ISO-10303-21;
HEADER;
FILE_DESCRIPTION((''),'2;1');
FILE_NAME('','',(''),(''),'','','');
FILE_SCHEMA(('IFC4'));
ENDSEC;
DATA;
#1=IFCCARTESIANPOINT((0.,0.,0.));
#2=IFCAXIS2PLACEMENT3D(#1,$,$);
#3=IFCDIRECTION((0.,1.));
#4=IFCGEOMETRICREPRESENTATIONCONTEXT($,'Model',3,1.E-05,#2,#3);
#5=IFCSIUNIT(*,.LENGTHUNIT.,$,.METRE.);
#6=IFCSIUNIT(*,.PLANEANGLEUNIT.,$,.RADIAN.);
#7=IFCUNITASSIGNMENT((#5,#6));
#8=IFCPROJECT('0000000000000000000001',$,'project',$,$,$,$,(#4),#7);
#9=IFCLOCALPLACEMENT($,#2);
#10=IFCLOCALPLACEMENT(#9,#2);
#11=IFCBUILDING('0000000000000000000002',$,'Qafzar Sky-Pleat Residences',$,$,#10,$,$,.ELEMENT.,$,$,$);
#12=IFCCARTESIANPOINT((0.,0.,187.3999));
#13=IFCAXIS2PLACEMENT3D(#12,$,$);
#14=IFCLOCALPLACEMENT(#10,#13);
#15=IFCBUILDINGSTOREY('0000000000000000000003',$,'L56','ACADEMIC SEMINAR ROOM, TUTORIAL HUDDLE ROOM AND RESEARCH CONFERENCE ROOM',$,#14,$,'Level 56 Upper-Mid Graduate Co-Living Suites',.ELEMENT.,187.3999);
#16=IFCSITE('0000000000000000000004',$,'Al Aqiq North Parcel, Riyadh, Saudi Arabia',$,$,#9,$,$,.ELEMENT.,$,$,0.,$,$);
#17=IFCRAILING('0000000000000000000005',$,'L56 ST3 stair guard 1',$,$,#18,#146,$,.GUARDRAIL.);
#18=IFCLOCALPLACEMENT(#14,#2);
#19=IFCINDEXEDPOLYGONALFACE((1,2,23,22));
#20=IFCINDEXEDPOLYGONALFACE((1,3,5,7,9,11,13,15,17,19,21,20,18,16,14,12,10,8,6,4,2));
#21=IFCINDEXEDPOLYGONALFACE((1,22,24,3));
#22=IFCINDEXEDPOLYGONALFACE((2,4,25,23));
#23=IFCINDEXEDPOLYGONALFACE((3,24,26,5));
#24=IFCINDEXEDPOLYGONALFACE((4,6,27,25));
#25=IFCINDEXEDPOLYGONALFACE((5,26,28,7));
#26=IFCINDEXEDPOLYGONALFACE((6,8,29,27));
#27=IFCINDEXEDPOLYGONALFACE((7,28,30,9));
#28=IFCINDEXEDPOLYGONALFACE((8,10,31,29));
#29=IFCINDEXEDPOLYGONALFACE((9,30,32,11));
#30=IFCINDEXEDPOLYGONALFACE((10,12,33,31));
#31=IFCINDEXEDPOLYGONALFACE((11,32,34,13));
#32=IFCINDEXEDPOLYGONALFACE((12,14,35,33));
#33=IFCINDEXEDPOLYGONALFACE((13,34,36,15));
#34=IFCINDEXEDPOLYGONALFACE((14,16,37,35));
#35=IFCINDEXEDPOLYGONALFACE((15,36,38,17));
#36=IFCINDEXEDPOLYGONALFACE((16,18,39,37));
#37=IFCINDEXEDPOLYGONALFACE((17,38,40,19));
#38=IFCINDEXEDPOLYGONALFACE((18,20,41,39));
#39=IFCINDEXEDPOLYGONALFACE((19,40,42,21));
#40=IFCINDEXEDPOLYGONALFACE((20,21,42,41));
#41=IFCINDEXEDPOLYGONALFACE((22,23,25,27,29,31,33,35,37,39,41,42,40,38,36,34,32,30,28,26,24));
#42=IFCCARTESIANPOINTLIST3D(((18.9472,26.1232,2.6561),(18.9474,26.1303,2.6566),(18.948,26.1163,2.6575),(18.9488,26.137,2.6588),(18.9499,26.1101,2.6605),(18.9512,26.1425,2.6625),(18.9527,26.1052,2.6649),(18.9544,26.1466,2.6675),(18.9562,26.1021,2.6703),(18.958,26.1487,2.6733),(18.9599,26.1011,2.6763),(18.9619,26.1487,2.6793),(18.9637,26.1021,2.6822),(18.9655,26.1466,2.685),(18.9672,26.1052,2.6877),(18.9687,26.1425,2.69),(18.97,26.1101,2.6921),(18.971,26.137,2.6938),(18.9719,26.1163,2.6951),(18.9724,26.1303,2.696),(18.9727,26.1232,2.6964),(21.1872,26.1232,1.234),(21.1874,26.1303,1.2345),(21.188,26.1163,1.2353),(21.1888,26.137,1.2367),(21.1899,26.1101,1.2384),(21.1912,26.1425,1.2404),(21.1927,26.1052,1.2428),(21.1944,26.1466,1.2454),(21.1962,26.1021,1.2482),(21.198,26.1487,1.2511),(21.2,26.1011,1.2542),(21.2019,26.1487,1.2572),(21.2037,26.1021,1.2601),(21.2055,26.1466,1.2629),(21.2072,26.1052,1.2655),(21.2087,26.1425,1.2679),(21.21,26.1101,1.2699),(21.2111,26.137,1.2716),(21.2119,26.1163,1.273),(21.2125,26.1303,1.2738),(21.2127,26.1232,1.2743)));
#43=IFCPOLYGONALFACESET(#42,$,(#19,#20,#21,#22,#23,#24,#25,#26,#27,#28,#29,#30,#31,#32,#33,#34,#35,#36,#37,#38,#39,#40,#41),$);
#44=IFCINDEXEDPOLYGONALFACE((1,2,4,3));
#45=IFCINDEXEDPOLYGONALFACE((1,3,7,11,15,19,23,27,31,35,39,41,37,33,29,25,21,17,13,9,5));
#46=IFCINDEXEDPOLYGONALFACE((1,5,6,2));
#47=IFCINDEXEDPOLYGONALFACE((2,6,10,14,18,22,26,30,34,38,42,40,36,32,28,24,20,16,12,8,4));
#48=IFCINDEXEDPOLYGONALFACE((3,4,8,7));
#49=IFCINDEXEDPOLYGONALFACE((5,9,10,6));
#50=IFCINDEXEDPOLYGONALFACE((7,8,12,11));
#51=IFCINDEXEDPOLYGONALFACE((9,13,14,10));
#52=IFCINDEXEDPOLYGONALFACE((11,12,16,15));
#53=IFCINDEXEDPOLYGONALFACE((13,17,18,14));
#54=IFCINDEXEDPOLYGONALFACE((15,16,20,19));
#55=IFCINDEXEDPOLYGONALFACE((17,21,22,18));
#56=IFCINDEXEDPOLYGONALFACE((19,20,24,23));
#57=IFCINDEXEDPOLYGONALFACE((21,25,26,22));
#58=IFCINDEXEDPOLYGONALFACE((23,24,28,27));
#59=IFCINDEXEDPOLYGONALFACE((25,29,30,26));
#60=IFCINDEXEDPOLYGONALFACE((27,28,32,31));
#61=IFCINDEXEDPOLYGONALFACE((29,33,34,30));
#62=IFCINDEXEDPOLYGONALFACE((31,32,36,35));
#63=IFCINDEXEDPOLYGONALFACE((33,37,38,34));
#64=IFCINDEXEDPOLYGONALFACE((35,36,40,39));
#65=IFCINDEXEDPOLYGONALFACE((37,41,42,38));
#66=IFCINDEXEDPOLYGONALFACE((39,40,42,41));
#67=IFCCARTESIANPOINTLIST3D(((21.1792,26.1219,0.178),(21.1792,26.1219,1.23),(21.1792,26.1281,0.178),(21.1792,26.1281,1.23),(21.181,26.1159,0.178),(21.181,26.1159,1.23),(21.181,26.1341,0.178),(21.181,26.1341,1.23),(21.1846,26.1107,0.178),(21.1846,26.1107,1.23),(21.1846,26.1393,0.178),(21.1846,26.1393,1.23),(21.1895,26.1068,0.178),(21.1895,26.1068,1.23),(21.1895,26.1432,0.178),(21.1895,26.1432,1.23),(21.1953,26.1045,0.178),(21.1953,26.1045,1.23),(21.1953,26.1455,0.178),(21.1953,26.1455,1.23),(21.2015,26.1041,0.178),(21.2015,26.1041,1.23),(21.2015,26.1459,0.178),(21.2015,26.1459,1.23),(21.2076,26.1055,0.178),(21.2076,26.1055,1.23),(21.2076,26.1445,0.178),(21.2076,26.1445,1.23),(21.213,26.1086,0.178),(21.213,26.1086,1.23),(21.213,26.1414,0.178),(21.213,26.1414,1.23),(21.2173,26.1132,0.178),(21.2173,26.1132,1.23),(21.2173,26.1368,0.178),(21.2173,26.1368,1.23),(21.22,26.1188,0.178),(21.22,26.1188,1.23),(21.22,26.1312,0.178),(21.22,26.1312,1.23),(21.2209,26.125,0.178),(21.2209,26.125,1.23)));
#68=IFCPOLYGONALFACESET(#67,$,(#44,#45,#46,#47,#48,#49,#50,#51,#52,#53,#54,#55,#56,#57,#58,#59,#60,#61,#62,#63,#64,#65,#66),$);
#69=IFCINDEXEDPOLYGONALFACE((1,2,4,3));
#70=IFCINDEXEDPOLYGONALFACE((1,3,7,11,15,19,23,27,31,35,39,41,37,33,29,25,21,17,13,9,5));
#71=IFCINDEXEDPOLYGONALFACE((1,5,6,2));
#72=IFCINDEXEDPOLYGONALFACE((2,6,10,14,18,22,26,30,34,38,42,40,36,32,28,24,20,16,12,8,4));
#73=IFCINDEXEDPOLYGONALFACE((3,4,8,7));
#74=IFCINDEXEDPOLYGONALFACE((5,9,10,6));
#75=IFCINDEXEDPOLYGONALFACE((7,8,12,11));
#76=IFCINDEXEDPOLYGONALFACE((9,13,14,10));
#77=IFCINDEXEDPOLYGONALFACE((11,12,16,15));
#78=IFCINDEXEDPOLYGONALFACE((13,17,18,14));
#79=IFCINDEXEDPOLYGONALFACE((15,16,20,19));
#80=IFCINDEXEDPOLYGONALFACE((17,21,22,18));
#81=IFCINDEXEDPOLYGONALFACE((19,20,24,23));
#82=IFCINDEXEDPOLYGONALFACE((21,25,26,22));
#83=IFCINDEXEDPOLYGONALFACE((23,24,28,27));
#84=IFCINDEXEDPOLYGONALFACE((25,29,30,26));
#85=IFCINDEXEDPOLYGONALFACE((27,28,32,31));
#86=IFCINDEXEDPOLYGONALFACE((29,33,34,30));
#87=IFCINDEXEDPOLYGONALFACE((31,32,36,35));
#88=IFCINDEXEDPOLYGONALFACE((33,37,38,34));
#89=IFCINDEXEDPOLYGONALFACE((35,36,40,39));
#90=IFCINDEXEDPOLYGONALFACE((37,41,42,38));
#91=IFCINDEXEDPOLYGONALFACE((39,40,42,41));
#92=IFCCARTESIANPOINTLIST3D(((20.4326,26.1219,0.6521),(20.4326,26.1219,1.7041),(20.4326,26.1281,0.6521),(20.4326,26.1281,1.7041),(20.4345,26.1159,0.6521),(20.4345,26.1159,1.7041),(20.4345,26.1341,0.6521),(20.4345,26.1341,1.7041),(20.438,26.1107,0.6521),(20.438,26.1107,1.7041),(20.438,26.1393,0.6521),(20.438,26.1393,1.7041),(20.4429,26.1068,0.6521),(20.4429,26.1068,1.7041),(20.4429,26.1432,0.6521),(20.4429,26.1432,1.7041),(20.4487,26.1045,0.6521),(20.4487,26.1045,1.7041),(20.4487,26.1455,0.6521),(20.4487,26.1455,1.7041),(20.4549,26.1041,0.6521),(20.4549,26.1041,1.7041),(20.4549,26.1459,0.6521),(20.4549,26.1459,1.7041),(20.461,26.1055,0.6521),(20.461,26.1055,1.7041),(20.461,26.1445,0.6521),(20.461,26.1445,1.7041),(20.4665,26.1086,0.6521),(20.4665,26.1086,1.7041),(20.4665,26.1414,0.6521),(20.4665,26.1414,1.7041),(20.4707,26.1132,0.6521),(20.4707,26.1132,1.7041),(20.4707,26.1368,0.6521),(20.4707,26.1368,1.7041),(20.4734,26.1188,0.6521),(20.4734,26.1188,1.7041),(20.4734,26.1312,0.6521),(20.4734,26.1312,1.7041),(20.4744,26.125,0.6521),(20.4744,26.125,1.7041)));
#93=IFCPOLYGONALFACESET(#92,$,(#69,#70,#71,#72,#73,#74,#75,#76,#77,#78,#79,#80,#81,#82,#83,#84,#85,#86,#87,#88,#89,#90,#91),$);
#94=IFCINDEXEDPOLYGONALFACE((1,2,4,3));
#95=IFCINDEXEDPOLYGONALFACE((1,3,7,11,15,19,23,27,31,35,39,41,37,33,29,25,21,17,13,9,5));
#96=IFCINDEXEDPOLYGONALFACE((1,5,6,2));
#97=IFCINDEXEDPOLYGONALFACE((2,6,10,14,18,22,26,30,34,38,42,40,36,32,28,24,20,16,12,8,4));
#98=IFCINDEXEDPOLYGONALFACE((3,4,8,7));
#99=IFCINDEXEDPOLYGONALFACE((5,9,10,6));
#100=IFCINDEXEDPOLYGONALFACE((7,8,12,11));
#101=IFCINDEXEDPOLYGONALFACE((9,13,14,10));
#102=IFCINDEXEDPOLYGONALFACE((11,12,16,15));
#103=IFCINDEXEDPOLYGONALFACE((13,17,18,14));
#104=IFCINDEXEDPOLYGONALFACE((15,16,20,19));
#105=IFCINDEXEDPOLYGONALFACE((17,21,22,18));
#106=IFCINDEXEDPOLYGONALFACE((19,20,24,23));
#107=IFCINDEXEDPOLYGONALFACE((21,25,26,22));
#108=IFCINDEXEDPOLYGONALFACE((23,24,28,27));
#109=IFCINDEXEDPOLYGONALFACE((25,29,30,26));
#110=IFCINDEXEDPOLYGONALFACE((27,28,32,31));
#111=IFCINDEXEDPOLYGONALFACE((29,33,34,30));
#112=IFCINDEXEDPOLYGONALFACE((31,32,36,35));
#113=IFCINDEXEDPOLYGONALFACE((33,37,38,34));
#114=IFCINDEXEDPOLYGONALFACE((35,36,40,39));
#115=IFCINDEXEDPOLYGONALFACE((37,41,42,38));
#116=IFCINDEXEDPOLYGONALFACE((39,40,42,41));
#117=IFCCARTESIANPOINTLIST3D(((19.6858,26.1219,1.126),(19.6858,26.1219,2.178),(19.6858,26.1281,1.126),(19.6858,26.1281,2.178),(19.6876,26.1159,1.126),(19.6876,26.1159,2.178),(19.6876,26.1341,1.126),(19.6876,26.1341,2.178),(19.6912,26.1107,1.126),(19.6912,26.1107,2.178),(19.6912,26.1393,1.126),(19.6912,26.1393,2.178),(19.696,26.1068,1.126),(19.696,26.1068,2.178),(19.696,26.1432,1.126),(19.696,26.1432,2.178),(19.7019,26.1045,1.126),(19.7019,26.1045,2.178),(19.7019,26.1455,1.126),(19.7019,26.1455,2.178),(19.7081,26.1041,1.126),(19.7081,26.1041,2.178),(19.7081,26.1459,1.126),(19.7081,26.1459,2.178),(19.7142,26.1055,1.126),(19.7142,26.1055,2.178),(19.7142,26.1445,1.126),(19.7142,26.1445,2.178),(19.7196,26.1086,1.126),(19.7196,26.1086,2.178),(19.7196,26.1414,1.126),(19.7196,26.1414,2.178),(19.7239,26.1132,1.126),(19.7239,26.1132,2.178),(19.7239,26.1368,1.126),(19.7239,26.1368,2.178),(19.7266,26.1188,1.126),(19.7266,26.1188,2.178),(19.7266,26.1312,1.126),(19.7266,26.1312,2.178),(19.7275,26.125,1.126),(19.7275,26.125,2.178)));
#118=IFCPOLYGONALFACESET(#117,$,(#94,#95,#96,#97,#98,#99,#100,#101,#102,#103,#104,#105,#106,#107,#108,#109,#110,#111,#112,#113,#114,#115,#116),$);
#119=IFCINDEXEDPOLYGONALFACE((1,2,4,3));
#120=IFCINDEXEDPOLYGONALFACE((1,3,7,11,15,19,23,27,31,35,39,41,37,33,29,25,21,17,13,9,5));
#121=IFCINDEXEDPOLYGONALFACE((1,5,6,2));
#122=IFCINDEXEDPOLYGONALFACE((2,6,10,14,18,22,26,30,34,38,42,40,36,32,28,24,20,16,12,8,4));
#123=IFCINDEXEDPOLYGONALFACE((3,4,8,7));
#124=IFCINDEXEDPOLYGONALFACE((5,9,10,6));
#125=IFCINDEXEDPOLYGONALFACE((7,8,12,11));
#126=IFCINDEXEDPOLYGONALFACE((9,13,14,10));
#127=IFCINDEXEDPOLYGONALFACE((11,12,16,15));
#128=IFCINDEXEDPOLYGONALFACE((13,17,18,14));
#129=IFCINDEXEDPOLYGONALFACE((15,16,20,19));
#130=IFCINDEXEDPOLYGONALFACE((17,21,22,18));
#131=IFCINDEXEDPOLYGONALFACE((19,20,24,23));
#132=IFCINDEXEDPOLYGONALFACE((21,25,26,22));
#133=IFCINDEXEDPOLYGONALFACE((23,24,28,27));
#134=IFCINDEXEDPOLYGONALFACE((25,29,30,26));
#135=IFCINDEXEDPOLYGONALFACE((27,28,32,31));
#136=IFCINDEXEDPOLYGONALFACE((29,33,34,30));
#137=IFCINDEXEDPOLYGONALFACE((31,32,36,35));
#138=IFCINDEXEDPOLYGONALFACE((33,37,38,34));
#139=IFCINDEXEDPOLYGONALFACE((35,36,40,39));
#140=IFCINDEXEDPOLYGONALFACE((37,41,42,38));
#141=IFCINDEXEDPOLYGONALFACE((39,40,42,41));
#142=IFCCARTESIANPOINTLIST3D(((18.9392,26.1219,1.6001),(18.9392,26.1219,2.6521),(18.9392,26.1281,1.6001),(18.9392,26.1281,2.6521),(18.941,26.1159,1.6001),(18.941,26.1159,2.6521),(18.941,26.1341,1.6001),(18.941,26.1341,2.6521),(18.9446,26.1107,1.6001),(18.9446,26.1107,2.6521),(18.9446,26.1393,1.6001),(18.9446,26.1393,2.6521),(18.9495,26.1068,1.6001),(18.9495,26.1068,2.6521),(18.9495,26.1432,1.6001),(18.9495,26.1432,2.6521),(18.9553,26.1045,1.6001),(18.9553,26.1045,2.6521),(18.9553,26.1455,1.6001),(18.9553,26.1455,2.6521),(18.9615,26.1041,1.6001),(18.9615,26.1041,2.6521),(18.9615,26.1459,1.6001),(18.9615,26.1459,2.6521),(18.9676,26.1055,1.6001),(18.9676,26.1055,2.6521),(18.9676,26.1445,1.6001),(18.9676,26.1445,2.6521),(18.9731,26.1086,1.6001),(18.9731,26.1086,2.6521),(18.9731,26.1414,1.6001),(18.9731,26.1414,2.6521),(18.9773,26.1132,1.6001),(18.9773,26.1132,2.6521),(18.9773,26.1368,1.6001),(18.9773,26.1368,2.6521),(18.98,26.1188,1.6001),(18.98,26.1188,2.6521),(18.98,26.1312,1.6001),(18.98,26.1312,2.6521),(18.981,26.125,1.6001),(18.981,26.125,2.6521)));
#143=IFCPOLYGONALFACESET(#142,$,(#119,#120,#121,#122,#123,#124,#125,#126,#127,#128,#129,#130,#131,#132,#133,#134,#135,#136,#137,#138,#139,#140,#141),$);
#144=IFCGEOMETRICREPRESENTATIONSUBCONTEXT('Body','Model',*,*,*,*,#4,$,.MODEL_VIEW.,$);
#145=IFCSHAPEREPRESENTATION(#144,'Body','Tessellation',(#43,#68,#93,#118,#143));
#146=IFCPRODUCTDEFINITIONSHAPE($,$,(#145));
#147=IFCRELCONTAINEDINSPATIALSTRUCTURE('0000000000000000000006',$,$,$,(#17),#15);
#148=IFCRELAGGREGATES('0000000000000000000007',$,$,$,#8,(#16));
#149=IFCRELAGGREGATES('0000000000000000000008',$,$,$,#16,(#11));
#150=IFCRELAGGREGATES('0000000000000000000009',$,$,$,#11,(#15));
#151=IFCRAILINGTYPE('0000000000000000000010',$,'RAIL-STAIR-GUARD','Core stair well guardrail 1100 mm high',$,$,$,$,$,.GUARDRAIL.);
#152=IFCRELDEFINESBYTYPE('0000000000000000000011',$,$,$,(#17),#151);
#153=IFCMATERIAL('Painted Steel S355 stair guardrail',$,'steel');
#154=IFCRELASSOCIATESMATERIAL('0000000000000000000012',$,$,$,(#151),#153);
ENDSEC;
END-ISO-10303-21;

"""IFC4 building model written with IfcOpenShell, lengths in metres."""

from ifc_helpers import new_model, si_unit, direction, frame, origin, origin_2d, place, context, subcontext, project, spatial, circle, extrude, source, transform, mapped, material, type_object, element, save


model = new_model("IFC4")

# Units and contexts
model_context = context("Model", 3, precision=1e-05, world=origin(), true_north=direction((0.0, 1.0)))
body_context = subcontext(model_context, "Body", "Model", "MODEL_VIEW")
ifc_project = project(units=[si_unit("LENGTHUNIT", "METRE"), si_unit("PLANEANGLEUNIT", "RADIAN")], contexts=[model_context])

# Site, building, storey
site_placement = place(None, origin())
site = spatial("IfcSite", under=ifc_project, at=site_placement, Name="Al Aqiq North Parcel, Riyadh, Saudi Arabia", CompositionType="ELEMENT", RefElevation=0.0)
building_placement = place(site_placement, origin())
building = spatial("IfcBuilding", under=site, at=building_placement, Name="Qafzar Sky-Pleat Residences", CompositionType="ELEMENT")
storey_placement = place(building_placement, frame((0.0, 0.0, 187.3999)))
storey = spatial("IfcBuildingStorey", under=building, at=storey_placement, Name="L56", Description="ACADEMIC SEMINAR ROOM, TUTORIAL HUDDLE ROOM AND RESEARCH CONFERENCE ROOM", LongName="Level 56 Upper-Mid Graduate Co-Living Suites", CompositionType="ELEMENT", Elevation=187.3999)

# Railing
ifc_material_1 = material(Name="Painted Steel S355 stair guardrail", Category="steel")
railing_type_1 = type_object("IfcRailingType", Name="RAIL-STAIR-GUARD", Description="Core stair well guardrail 1100 mm high", PredefinedType="GUARDRAIL", material=ifc_material_1)
shared_shape_1 = source(origin(), body_context, "Body", "SweptSolid", [
    extrude(circle(Radius=0.0239, at=origin_2d()), frame((0.0, 0.0, 1.0762), z_axis=(-0.844229, 0.0, 0.535982), x_axis=(0.0, -1.0, 0.0)), (0.0, 0.0, 1.0), 2.6533),
    extrude(circle(Radius=0.021, at=origin_2d()), origin(), (0.0, 0.0, 1.0), 1.052),
    extrude(circle(Radius=0.021, at=origin_2d()), frame((-0.7466, 0.0, 0.4741)), (0.0, 0.0, 1.0), 1.052),
    extrude(circle(Radius=0.021, at=origin_2d()), frame((-1.4934, 0.0, 0.948)), (0.0, 0.0, 1.0), 1.052),
    extrude(circle(Radius=0.021, at=origin_2d()), frame((-2.24, 0.0, 1.4221)), (0.0, 0.0, 1.0), 1.052),
])
railing_1_placement = place(storey_placement, frame((21.2, 26.125, 0.178)))
element("IfcRailing", 1, at=railing_1_placement, inside=storey, type_object=railing_type_1, Name="L56 ST3 stair guard 1", PredefinedType="GUARDRAIL", context=body_context, shape_type="MappedRepresentation", body=[
    mapped(shared_shape_1, transform((0.0, 0.0, 0.0), x_axis=(1.0, 0.0, 0.0), y_axis=(0.0, 1.0, 0.0), z_axis=(0.0, 0.0, 1.0), scale=1.0)),
])

save(model, "model.ifc")
